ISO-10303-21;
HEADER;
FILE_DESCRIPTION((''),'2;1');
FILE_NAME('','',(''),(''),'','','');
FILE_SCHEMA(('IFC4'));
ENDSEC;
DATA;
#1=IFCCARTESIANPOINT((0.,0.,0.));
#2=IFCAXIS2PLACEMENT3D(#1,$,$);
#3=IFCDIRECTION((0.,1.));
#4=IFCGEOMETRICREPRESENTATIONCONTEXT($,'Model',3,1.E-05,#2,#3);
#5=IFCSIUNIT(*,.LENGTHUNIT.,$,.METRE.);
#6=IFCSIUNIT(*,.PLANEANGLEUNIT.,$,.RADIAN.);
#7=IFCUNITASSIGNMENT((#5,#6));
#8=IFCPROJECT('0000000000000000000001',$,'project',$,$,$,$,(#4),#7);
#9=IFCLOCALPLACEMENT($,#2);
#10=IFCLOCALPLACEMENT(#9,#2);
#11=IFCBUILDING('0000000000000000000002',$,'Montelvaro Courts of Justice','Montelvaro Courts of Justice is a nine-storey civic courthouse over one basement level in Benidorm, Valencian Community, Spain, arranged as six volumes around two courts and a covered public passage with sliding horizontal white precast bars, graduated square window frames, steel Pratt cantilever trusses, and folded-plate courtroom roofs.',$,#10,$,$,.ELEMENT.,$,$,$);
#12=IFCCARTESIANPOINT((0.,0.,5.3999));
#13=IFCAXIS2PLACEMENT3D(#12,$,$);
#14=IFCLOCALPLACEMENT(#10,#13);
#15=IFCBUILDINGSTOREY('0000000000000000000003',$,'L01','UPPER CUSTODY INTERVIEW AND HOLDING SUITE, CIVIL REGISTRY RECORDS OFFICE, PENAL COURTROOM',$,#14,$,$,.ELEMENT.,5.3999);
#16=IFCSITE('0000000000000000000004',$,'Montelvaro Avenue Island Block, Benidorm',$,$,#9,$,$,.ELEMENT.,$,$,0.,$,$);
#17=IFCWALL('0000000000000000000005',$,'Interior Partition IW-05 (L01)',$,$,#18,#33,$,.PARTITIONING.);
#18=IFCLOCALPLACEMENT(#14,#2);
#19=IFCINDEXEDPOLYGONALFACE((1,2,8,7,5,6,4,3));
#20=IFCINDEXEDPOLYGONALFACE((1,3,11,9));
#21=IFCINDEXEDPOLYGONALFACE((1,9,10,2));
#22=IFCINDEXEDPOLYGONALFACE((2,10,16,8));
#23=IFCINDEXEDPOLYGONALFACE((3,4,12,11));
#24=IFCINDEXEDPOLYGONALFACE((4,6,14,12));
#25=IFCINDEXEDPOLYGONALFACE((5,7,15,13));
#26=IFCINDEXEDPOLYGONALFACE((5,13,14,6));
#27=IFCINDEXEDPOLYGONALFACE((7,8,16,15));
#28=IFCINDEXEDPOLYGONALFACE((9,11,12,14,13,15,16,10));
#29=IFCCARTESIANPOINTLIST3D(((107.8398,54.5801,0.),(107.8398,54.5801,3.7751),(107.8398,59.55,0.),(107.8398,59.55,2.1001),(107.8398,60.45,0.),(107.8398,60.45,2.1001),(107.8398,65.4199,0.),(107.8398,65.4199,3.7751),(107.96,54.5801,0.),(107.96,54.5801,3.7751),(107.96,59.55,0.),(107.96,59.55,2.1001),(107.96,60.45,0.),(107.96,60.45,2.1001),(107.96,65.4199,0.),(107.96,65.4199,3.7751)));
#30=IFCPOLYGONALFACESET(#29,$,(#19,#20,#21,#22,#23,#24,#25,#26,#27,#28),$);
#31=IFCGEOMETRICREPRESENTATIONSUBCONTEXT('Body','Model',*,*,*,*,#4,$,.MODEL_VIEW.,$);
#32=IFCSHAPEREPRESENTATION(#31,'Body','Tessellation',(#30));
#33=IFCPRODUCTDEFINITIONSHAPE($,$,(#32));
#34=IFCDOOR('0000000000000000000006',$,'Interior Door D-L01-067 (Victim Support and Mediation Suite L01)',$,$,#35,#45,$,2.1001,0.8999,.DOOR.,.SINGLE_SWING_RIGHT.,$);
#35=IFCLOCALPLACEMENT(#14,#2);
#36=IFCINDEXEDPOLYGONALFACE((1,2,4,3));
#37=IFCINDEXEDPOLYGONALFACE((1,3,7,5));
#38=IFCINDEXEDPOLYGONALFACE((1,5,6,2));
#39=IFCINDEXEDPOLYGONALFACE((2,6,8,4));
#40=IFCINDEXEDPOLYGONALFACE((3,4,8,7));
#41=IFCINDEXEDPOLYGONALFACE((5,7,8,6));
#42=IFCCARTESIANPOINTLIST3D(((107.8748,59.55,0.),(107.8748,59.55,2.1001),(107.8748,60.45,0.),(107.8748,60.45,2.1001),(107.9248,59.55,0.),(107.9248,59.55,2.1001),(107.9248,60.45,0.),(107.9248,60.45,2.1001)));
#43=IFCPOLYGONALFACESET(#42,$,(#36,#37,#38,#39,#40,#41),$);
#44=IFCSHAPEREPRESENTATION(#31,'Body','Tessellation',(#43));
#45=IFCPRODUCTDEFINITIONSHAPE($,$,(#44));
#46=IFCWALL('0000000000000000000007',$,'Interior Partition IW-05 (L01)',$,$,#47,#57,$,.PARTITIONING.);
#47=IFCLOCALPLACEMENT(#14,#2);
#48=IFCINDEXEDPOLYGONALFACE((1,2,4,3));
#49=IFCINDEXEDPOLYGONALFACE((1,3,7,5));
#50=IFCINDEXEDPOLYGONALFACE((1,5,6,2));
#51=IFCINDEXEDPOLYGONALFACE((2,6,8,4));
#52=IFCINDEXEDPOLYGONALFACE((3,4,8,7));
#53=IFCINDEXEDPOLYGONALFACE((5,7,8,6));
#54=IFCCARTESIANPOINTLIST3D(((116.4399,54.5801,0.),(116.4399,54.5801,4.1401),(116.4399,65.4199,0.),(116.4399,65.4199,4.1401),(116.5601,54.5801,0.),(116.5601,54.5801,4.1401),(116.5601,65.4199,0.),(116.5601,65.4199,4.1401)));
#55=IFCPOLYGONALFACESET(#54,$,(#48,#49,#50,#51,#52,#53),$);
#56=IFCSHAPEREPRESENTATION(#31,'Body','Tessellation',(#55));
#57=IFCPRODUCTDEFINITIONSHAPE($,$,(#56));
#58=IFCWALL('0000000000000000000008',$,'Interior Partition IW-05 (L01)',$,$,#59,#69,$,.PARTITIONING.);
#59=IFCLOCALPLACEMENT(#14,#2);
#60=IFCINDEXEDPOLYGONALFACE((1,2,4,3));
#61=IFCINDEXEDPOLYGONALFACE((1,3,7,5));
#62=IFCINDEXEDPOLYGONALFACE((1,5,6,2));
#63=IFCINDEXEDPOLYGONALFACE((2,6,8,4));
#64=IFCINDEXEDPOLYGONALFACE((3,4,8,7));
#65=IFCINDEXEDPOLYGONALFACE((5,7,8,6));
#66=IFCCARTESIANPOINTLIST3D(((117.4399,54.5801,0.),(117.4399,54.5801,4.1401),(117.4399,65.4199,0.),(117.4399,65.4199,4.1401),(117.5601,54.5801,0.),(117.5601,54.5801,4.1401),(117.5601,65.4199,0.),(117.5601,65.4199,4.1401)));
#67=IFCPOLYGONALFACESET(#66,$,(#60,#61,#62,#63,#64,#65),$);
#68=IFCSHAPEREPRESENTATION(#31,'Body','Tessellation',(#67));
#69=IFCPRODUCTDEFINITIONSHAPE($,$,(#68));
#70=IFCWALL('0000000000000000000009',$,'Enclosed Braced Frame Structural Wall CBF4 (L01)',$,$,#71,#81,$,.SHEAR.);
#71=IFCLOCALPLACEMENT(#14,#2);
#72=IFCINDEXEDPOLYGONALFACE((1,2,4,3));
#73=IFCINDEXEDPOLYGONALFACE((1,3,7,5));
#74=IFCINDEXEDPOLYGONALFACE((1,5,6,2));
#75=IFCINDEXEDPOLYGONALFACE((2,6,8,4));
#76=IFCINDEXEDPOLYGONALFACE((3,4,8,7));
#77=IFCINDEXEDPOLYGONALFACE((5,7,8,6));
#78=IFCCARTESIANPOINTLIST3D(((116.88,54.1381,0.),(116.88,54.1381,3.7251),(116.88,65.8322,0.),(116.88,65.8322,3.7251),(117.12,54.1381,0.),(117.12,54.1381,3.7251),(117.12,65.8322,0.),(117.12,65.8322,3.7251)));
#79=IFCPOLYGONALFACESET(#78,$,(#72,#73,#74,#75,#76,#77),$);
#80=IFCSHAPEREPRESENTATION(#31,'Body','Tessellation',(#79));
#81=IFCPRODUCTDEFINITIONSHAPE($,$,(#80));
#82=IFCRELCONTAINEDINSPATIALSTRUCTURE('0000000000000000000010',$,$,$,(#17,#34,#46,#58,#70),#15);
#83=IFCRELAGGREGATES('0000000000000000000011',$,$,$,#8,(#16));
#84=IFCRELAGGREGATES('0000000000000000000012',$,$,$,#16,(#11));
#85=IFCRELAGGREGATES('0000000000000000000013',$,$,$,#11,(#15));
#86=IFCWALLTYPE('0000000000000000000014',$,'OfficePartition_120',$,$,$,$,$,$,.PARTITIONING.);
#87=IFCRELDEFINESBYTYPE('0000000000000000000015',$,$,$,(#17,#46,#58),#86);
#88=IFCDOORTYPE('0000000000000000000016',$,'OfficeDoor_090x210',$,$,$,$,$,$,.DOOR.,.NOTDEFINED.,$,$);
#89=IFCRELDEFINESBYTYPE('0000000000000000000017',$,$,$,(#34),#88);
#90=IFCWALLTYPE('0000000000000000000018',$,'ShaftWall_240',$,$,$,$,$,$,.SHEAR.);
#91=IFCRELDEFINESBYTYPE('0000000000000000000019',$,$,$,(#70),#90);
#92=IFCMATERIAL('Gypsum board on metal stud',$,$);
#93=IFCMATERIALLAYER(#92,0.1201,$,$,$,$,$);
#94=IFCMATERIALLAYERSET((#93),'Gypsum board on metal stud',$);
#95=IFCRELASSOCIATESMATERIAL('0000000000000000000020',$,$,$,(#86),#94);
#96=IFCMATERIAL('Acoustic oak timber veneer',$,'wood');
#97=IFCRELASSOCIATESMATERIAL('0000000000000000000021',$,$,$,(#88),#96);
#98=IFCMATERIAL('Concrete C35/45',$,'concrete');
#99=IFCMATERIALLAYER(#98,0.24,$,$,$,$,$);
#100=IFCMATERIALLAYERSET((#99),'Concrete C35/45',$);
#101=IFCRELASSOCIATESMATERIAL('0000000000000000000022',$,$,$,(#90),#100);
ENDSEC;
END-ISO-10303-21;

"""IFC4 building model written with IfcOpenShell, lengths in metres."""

from ifc_helpers import new_model, si_unit, direction, frame, frame_2d, origin, place, context, subcontext, project, spatial, rectangle, extrude, material, layer, layer_set, type_object, element, fill, save


model = new_model("IFC4")

# Units and contexts
model_context = context("Model", 3, precision=1e-05, world=origin(), true_north=direction((0.0, 1.0)))
body_context = subcontext(model_context, "Body", "Model", "MODEL_VIEW")
ifc_project = project(units=[si_unit("LENGTHUNIT", "METRE"), si_unit("PLANEANGLEUNIT", "RADIAN")], contexts=[model_context])

# Site, building, storey
site_placement = place(None, origin())
site = spatial("IfcSite", under=ifc_project, at=site_placement, Name="Montelvaro Avenue Island Block, Benidorm", CompositionType="ELEMENT", RefElevation=0.0)
building_placement = place(site_placement, origin())
building = spatial("IfcBuilding", under=site, at=building_placement, Name="Montelvaro Courts of Justice", Description="Montelvaro Courts of Justice is a nine-storey civic courthouse over one basement level in Benidorm, Valencian Community, Spain, arranged as six volumes around two courts and a covered public passage with sliding horizontal white precast bars, graduated square window frames, steel Pratt cantilever trusses, and folded-plate courtroom roofs.", CompositionType="ELEMENT")
storey_placement = place(building_placement, frame((0.0, 0.0, 5.3999)))
storey = spatial("IfcBuildingStorey", under=building, at=storey_placement, Name="L01", Description="UPPER CUSTODY INTERVIEW AND HOLDING SUITE, CIVIL REGISTRY RECORDS OFFICE, PENAL COURTROOM", CompositionType="ELEMENT", Elevation=5.3999)

# Wall, opening, door
ifc_material_1 = material(Name="Gypsum board on metal stud")
ifc_layer_1 = layer(ifc_material_1, 0.1201)
ifc_layer_set_1 = layer_set([ifc_layer_1], Name="Gypsum board on metal stud")
wall_type_1 = type_object("IfcWallType", Name="OfficePartition_120", PredefinedType="PARTITIONING", material=ifc_layer_set_1)
wall_1_placement = place(storey_placement, frame((107.8999, 54.5801, 0.0), z_axis=(0.0, 0.0, 1.0), x_axis=(0.0, 1.0, 0.0)))
wall_1 = element("IfcWall", 1, at=wall_1_placement, inside=storey, type_object=wall_type_1, Name="Interior Partition IW-05 (L01)", PredefinedType="PARTITIONING", context=body_context, shape_type="SweptSolid", body=[
    extrude(rectangle(XDim=10.8398, YDim=0.1201, at=frame_2d((5.4199, 0.0))), origin(), (0.0, 0.0, 1.0), 3.7751),
])
opening_placement = place(wall_1_placement, frame((4.97, 0.0, 0.0)))
opening = element("IfcOpeningElement", 2, at=opening_placement, cuts=wall_1, PredefinedType="OPENING", context=body_context, shape_type="SweptSolid", body=[
    extrude(rectangle(XDim=0.8999, YDim=2.1001, at=frame_2d((0.45, 1.05))), frame((0.0, 0.075, 0.0), z_axis=(0.0, -1.0, 0.0), x_axis=(1.0, 0.0, 0.0)), (0.0, 0.0, 1.0), 0.1499),
])
ifc_material_2 = material(Name="Acoustic oak timber veneer", Category="wood")
door_type = type_object("IfcDoorType", Name="OfficeDoor_090x210", OperationType="NOTDEFINED", PredefinedType="DOOR", material=ifc_material_2)
door_placement = place(opening_placement, frame((0.8999, 0.0, 0.0), z_axis=(0.0, 0.0, 1.0), x_axis=(-1.0, 0.0, 0.0)))
door = element("IfcDoor", 3, at=door_placement, inside=storey, type_object=door_type, Name="Interior Door D-L01-067 (Victim Support and Mediation Suite L01)", OperationType="SINGLE_SWING_RIGHT", OverallHeight=2.1001, OverallWidth=0.8999, PredefinedType="DOOR", context=body_context, shape_type="SweptSolid", body=[
    extrude(rectangle(XDim=0.8999, YDim=2.1001, at=frame_2d((0.45, 1.05))), frame((0.0, 0.0249, 0.0), z_axis=(0.0, -1.0, 0.0), x_axis=(1.0, 0.0, 0.0)), (0.0, 0.0, 1.0), 0.05),
])
fill(opening, door)

# Walls
for number, where, z_axis, x_axis, name in (
    (4, (116.5, 65.4199, 0.0), (0.0, 0.0, 1.0), (0.0, -1.0, 0.0), "Interior Partition IW-05 (L01)"),
    (5, (117.5, 54.5801, 0.0), (0.0, 0.0, 1.0), (0.0, 1.0, 0.0), "Interior Partition IW-05 (L01)"),
):
    element("IfcWall", number, at=place(storey_placement, frame(where, z_axis=z_axis, x_axis=x_axis)), inside=storey, type_object=wall_type_1, Name=name, PredefinedType="PARTITIONING", context=body_context, shape_type="SweptSolid", body=[
        extrude(rectangle(XDim=10.8398, YDim=0.1201, at=frame_2d((5.4199, 0.0))), origin(), (0.0, 0.0, 1.0), 4.1401),
    ])
ifc_material_3 = material(Name="Concrete C35/45", Category="concrete")
ifc_layer_2 = layer(ifc_material_3, 0.24)
ifc_layer_set_2 = layer_set([ifc_layer_2], Name="Concrete C35/45")
wall_type_2 = type_object("IfcWallType", Name="ShaftWall_240", PredefinedType="SHEAR", material=ifc_layer_set_2)
wall_2_placement = place(storey_placement, frame((117.0, 54.1379, 0.0), z_axis=(0.0, 0.0, 1.0), x_axis=(0.0, 1.0, 0.0)))
element("IfcWall", 6, at=wall_2_placement, inside=storey, type_object=wall_type_2, Name="Enclosed Braced Frame Structural Wall CBF4 (L01)", PredefinedType="SHEAR", context=body_context, shape_type="SweptSolid", body=[
    extrude(rectangle(XDim=11.6941, YDim=0.24, at=frame_2d((5.8472, 0.0))), origin(), (0.0, 0.0, 1.0), 3.7251),
])

save(model, "model.ifc")
